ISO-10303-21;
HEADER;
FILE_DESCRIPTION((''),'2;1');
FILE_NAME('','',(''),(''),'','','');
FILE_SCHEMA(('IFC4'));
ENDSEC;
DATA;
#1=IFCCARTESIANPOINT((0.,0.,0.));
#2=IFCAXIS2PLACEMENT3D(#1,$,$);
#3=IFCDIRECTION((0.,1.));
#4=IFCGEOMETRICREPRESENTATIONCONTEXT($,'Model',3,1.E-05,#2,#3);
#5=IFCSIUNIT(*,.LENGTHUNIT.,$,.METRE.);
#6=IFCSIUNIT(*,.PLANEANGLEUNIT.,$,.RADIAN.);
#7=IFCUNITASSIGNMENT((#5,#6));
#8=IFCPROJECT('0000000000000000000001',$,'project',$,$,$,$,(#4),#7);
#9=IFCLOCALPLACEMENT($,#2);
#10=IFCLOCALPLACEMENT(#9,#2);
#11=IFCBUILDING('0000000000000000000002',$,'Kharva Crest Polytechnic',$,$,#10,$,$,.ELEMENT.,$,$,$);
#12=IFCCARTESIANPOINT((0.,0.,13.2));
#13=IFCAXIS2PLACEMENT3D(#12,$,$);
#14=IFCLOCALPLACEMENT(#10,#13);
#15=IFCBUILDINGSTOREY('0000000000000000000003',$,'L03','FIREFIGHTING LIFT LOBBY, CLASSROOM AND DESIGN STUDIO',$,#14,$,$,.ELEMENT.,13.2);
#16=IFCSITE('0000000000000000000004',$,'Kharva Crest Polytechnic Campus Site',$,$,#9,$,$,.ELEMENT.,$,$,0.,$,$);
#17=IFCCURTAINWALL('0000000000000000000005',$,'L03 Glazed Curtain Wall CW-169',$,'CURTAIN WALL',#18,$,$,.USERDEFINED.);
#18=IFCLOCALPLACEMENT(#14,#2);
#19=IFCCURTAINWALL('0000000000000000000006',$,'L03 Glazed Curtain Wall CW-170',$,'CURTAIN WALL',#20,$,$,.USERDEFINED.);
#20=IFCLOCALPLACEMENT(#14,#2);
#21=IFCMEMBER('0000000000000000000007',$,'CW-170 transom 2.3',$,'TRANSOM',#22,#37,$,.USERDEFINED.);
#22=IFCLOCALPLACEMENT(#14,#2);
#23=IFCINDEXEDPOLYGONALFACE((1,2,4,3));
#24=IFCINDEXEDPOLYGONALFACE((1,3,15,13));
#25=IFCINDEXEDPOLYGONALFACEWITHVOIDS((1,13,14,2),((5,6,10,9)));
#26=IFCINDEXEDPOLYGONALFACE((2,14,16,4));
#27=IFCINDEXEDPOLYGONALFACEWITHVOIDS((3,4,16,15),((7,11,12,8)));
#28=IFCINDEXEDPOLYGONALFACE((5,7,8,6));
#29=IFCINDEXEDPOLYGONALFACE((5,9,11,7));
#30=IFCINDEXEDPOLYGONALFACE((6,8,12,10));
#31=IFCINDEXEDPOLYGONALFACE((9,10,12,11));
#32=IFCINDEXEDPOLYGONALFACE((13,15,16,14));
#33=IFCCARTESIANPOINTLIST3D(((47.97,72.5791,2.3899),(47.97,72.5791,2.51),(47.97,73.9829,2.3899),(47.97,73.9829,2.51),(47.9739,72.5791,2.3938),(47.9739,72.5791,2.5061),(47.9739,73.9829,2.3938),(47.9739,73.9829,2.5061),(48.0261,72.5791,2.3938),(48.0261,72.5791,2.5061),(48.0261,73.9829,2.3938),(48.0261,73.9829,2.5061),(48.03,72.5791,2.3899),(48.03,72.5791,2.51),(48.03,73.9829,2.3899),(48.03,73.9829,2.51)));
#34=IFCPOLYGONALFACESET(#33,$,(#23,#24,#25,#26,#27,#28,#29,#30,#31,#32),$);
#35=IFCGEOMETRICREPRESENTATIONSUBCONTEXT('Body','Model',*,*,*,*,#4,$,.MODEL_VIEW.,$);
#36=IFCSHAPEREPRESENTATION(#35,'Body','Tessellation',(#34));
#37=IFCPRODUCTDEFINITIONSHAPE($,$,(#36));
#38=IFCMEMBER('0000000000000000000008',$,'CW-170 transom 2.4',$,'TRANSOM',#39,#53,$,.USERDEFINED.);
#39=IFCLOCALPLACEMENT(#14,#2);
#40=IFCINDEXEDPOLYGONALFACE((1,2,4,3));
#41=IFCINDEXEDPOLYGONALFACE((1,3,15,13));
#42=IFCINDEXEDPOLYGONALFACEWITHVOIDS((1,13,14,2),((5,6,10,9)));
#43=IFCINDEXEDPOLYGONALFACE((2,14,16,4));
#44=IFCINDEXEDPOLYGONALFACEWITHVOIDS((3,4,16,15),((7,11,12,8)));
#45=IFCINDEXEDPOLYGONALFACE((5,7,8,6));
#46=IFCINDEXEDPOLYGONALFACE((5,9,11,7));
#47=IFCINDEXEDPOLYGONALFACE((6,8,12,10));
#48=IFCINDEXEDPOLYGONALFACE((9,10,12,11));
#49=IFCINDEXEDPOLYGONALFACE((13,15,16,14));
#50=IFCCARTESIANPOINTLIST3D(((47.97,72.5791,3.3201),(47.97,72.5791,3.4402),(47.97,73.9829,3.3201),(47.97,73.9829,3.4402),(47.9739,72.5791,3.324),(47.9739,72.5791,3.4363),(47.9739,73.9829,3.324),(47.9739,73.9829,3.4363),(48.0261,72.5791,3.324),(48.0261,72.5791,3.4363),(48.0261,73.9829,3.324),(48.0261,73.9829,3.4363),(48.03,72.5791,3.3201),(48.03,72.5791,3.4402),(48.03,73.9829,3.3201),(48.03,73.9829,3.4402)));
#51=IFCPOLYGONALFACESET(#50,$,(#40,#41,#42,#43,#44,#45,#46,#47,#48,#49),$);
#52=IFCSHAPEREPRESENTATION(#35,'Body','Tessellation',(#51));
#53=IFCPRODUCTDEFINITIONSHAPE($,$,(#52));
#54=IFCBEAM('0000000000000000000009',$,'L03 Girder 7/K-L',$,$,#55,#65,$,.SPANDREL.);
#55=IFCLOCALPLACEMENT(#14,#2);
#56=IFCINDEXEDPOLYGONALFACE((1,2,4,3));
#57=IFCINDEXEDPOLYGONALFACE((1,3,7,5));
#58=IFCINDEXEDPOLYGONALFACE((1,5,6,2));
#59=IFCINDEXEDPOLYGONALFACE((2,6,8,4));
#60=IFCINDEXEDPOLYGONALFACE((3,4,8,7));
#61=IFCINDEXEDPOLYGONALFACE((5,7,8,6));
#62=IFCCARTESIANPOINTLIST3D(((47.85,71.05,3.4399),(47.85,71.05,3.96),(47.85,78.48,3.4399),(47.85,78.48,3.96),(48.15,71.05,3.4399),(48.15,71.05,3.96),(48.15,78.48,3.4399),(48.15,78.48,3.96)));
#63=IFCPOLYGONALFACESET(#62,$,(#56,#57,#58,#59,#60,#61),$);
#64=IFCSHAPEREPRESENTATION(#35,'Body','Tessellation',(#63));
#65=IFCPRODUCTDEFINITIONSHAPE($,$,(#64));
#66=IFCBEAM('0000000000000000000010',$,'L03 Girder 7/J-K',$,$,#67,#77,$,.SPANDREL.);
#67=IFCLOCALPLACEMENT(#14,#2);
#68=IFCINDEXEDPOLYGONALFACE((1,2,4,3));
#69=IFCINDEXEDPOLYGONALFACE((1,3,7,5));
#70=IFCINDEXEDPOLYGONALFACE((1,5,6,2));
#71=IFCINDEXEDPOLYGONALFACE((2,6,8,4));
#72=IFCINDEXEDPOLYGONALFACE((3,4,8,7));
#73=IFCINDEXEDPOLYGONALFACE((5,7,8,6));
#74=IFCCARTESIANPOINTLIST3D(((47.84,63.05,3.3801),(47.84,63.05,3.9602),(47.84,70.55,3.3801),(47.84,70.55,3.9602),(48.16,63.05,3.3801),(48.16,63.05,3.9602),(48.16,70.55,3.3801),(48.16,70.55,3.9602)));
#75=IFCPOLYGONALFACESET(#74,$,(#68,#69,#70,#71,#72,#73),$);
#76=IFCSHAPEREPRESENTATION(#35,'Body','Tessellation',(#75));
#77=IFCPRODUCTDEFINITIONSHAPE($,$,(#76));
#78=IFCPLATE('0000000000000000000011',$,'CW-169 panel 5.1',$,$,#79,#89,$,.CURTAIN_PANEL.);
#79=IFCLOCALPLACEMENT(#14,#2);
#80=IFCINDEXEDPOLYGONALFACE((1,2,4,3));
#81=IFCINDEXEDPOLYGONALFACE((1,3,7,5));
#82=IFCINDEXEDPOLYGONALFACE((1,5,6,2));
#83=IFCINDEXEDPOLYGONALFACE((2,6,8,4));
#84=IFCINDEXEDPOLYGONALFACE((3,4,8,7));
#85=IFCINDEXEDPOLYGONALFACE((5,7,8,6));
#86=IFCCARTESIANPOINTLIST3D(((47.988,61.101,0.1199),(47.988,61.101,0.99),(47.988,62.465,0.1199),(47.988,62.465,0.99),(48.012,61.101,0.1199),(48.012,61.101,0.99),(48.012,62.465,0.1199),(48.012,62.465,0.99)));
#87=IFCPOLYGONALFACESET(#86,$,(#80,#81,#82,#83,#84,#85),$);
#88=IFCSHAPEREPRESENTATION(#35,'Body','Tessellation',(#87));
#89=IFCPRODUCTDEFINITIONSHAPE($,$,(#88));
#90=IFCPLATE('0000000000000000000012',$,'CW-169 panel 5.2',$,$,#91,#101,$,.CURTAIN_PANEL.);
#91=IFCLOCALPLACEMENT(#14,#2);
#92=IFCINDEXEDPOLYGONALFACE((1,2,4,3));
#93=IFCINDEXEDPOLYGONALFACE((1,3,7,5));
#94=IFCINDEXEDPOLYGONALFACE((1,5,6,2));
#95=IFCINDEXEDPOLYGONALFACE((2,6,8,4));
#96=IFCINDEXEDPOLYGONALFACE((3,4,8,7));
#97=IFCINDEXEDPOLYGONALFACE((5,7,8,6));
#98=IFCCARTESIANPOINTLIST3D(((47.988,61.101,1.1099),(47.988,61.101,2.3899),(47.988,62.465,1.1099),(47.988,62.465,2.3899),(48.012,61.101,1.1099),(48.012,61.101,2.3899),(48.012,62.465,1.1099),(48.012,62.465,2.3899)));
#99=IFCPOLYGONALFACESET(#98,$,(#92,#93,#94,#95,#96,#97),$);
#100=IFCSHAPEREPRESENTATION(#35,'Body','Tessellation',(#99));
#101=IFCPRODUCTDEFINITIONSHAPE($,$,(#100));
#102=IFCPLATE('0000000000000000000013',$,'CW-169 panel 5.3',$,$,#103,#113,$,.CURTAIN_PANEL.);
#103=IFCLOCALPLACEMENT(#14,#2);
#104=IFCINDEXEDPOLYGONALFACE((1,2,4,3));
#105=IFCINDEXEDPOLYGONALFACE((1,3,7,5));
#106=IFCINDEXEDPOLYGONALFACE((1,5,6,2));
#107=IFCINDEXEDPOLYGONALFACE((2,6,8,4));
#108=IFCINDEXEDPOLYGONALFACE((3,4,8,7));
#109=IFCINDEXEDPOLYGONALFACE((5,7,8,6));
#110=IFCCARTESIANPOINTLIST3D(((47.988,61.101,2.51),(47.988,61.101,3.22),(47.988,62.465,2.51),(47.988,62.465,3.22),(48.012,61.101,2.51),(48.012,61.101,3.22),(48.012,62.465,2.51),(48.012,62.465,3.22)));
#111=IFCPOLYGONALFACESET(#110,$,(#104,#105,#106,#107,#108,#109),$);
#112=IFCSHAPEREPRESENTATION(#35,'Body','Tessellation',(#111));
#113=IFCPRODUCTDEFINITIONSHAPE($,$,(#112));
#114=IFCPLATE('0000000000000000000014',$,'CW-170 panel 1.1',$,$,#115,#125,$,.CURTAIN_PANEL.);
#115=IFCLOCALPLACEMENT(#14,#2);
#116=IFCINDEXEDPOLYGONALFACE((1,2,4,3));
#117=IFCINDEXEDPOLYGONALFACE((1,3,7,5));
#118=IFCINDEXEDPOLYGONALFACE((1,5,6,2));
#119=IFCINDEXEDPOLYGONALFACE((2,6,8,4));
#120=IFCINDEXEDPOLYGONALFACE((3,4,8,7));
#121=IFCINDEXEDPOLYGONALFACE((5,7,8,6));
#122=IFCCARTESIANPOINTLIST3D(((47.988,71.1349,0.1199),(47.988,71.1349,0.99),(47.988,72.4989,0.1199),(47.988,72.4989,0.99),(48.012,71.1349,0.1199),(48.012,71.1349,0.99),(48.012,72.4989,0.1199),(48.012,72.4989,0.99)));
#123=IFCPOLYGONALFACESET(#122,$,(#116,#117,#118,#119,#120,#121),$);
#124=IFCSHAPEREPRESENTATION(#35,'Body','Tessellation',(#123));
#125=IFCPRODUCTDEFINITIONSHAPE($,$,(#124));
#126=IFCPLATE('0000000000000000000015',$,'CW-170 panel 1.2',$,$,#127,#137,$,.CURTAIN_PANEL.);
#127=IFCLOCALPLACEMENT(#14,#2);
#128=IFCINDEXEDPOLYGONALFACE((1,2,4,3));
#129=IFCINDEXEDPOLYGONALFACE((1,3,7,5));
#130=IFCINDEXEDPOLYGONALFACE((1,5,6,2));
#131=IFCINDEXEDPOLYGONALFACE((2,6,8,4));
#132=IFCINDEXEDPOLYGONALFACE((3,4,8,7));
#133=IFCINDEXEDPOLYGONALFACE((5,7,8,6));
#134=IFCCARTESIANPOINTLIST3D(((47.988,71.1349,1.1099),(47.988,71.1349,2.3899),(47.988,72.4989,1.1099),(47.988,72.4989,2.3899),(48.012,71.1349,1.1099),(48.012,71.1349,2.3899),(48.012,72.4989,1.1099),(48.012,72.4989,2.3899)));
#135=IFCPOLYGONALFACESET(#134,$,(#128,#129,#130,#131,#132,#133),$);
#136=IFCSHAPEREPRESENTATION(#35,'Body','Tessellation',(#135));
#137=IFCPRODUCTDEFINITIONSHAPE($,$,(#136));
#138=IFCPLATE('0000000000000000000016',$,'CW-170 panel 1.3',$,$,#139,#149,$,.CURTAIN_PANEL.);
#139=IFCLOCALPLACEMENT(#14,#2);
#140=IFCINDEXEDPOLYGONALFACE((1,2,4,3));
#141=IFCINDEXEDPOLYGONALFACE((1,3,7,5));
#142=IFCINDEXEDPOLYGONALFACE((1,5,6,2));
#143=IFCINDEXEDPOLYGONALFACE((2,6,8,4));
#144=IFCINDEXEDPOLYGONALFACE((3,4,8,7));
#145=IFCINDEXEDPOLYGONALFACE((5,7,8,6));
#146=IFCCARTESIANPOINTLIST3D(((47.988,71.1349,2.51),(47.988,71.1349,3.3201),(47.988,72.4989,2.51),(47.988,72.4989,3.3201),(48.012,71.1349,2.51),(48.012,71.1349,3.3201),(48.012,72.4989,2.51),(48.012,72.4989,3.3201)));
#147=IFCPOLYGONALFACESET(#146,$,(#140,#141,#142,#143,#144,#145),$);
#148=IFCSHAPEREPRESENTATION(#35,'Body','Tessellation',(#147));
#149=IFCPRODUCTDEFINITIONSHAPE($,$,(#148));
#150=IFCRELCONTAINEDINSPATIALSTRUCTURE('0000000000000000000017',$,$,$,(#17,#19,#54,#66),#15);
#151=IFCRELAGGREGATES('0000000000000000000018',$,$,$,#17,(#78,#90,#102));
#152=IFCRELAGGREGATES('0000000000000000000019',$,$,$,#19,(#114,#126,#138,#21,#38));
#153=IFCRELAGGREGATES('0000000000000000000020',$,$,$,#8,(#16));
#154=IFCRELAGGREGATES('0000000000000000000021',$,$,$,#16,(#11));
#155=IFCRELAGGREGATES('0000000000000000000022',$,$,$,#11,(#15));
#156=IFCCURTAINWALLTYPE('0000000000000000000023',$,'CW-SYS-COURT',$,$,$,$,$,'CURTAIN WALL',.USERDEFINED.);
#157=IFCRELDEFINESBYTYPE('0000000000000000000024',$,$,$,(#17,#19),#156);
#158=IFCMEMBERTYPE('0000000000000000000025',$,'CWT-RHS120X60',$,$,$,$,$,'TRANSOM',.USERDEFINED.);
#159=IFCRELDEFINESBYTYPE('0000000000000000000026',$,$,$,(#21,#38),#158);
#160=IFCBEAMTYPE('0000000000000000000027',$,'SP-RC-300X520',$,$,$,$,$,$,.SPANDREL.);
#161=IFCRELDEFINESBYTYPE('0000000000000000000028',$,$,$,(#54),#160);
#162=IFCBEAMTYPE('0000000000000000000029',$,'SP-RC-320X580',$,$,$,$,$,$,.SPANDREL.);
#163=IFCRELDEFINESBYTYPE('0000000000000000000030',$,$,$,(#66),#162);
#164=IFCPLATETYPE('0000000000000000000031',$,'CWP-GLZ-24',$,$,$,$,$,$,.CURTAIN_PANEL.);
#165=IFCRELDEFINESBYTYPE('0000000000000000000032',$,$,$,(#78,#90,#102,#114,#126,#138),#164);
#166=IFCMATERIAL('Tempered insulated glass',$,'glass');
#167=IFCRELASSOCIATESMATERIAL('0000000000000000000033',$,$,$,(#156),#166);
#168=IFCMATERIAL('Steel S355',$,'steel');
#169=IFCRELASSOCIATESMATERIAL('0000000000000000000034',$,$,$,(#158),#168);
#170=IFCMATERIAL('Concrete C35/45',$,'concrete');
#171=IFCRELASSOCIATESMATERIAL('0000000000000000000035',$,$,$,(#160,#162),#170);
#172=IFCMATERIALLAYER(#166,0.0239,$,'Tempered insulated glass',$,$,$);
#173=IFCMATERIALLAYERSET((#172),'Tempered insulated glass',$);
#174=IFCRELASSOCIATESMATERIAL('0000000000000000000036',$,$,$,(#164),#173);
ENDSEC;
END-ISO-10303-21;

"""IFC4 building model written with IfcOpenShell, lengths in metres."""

from ifc_helpers import new_model, si_unit, direction, frame, origin, origin_2d, place, context, subcontext, project, spatial, rectangle, hollow_rectangle, extrude, material, layer, layer_set, material_profile, profile_set, type_object, element, aggregate, save


model = new_model("IFC4")

# Units and contexts
model_context = context("Model", 3, precision=1e-05, world=origin(), true_north=direction((0.0, 1.0)))
body_context = subcontext(model_context, "Body", "Model", "MODEL_VIEW")
ifc_project = project(units=[si_unit("LENGTHUNIT", "METRE"), si_unit("PLANEANGLEUNIT", "RADIAN")], contexts=[model_context])

# Site, building, storey
site_placement = place(None, origin())
site = spatial("IfcSite", under=ifc_project, at=site_placement, Name="Kharva Crest Polytechnic Campus Site", CompositionType="ELEMENT", RefElevation=0.0)
building_placement = place(site_placement, origin())
building = spatial("IfcBuilding", under=site, at=building_placement, Name="Kharva Crest Polytechnic", CompositionType="ELEMENT")
storey_placement = place(building_placement, frame((0.0, 0.0, 13.2)))
storey = spatial("IfcBuildingStorey", under=building, at=storey_placement, Name="L03", Description="FIREFIGHTING LIFT LOBBY, CLASSROOM AND DESIGN STUDIO", CompositionType="ELEMENT", Elevation=13.2)

# Curtain wall
ifc_material_1 = material(Name="Tempered insulated glass", Category="glass")
curtain_wall_type = type_object("IfcCurtainWallType", Name="CW-SYS-COURT", ElementType="CURTAIN WALL", PredefinedType="USERDEFINED", material=ifc_material_1)
curtain_wall_1_placement = place(storey_placement, origin())
curtain_wall_1 = element("IfcCurtainWall", 1, at=curtain_wall_1_placement, inside=storey, type_object=curtain_wall_type, Name="L03 Glazed Curtain Wall CW-169", ObjectType="CURTAIN WALL", PredefinedType="USERDEFINED")
ifc_material_2 = material(Name="Steel S355", Category="steel")

# Curtain wall, members
curtain_wall_2_placement = place(storey_placement, origin())
curtain_wall_2 = element("IfcCurtainWall", 2, at=curtain_wall_2_placement, inside=storey, type_object=curtain_wall_type, Name="L03 Glazed Curtain Wall CW-170", ObjectType="CURTAIN WALL", PredefinedType="USERDEFINED")
ifc_material_profile_1 = material_profile(ifc_material_2, hollow_rectangle(XDim=0.0601, YDim=0.1201, WallThickness=0.0039, at=origin_2d()), Name="RHS 120X60X4.0")
ifc_profile_set_1 = profile_set([ifc_material_profile_1], Name="Steel S355")
member_type_1 = type_object("IfcMemberType", Name="CWT-RHS120X60", ElementType="TRANSOM", PredefinedType="USERDEFINED", material=ifc_profile_set_1)
member_1_placement = place(storey_placement, frame((48.0, 72.5791, 2.45), z_axis=(0.0, 1.0, 0.0), x_axis=(-1.0, 0.0, 0.0)))
member_1 = element("IfcMember", 3, at=member_1_placement, type_object=member_type_1, Name="CW-170 transom 2.3", ObjectType="TRANSOM", PredefinedType="USERDEFINED", context=body_context, shape_type="SweptSolid", body=[
    extrude(hollow_rectangle(XDim=0.0601, YDim=0.1201, WallThickness=0.0039, at=origin_2d()), origin(), (0.0, 0.0, 1.0), 1.4038),
])
member_2_placement = place(storey_placement, frame((48.0, 72.5791, 3.3801), z_axis=(0.0, 1.0, 0.0), x_axis=(-1.0, 0.0, 0.0)))
member_2 = element("IfcMember", 4, at=member_2_placement, type_object=member_type_1, Name="CW-170 transom 2.4", ObjectType="TRANSOM", PredefinedType="USERDEFINED", context=body_context, shape_type="SweptSolid", body=[
    extrude(hollow_rectangle(XDim=0.0601, YDim=0.1201, WallThickness=0.0039, at=origin_2d()), origin(), (0.0, 0.0, 1.0), 1.4038),
])

# Beams
ifc_material_3 = material(Name="Concrete C35/45", Category="concrete")
ifc_material_profile_2 = material_profile(ifc_material_3, rectangle(XDim=0.3, YDim=0.52, at=origin_2d()), Name="RECT 300 X 520")
ifc_profile_set_2 = profile_set([ifc_material_profile_2], Name="Concrete C35/45")
beam_type_1 = type_object("IfcBeamType", Name="SP-RC-300X520", PredefinedType="SPANDREL", material=ifc_profile_set_2)
beam_1_placement = place(storey_placement, frame((48.0, 71.05, 3.7), z_axis=(0.0, 1.0, 0.0), x_axis=(-1.0, 0.0, 0.0)))
element("IfcBeam", 5, at=beam_1_placement, inside=storey, type_object=beam_type_1, Name="L03 Girder 7/K-L", PredefinedType="SPANDREL", context=body_context, shape_type="SweptSolid", body=[
    extrude(rectangle(XDim=0.3, YDim=0.52, at=origin_2d()), origin(), (0.0, 0.0, 1.0), 7.4299),
])
ifc_material_profile_3 = material_profile(ifc_material_3, rectangle(XDim=0.3201, YDim=0.5801, at=origin_2d()), Name="RECT 320 X 580")
ifc_profile_set_3 = profile_set([ifc_material_profile_3], Name="Concrete C35/45")
beam_type_2 = type_object("IfcBeamType", Name="SP-RC-320X580", PredefinedType="SPANDREL", material=ifc_profile_set_3)
beam_2_placement = place(storey_placement, frame((48.0, 63.05, 3.6702), z_axis=(0.0, 1.0, 0.0), x_axis=(-1.0, 0.0, 0.0)))
element("IfcBeam", 6, at=beam_2_placement, inside=storey, type_object=beam_type_2, Name="L03 Girder 7/J-K", PredefinedType="SPANDREL", context=body_context, shape_type="SweptSolid", body=[
    extrude(rectangle(XDim=0.3201, YDim=0.5801, at=origin_2d()), origin(), (0.0, 0.0, 1.0), 7.5),
])

# Plates
ifc_layer_1 = layer(ifc_material_1, 0.0239, Name="Tempered insulated glass")
ifc_layer_set_1 = layer_set([ifc_layer_1], Name="Tempered insulated glass")
plate_type = type_object("IfcPlateType", Name="CWP-GLZ-24", PredefinedType="CURTAIN_PANEL", material=ifc_layer_set_1)
plate_1_placement = place(storey_placement, frame((48.0, 61.783, 0.1199), z_axis=(0.0, 0.0, 1.0), x_axis=(0.0, 1.0, 0.0)))
plate_1 = element("IfcPlate", 7, at=plate_1_placement, type_object=plate_type, Name="CW-169 panel 5.1", PredefinedType="CURTAIN_PANEL", context=body_context, shape_type="SweptSolid", body=[
    extrude(rectangle(XDim=1.364, YDim=0.0239, at=origin_2d()), origin(), (0.0, 0.0, 1.0), 0.8701),
])
plate_2_placement = place(storey_placement, frame((48.0, 61.783, 1.1099), z_axis=(0.0, 0.0, 1.0), x_axis=(0.0, 1.0, 0.0)))
plate_2 = element("IfcPlate", 8, at=plate_2_placement, type_object=plate_type, Name="CW-169 panel 5.2", PredefinedType="CURTAIN_PANEL", context=body_context, shape_type="SweptSolid", body=[
    extrude(rectangle(XDim=1.364, YDim=0.0239, at=origin_2d()), origin(), (0.0, 0.0, 1.0), 1.28),
])
plate_3_placement = place(storey_placement, frame((48.0, 61.783, 2.51), z_axis=(0.0, 0.0, 1.0), x_axis=(0.0, 1.0, 0.0)))
plate_3 = element("IfcPlate", 9, at=plate_3_placement, type_object=plate_type, Name="CW-169 panel 5.3", PredefinedType="CURTAIN_PANEL", context=body_context, shape_type="SweptSolid", body=[
    extrude(rectangle(XDim=1.364, YDim=0.0239, at=origin_2d()), origin(), (0.0, 0.0, 1.0), 0.71),
])
aggregate(curtain_wall_1, [plate_1, plate_2, plate_3])
plate_4_placement = place(storey_placement, frame((48.0, 71.8169, 0.1199), z_axis=(0.0, 0.0, 1.0), x_axis=(0.0, 1.0, 0.0)))
plate_4 = element("IfcPlate", 10, at=plate_4_placement, type_object=plate_type, Name="CW-170 panel 1.1", PredefinedType="CURTAIN_PANEL", context=body_context, shape_type="SweptSolid", body=[
    extrude(rectangle(XDim=1.364, YDim=0.0239, at=origin_2d()), origin(), (0.0, 0.0, 1.0), 0.8701),
])
plate_5_placement = place(storey_placement, frame((48.0, 71.8169, 1.1099), z_axis=(0.0, 0.0, 1.0), x_axis=(0.0, 1.0, 0.0)))
plate_5 = element("IfcPlate", 11, at=plate_5_placement, type_object=plate_type, Name="CW-170 panel 1.2", PredefinedType="CURTAIN_PANEL", context=body_context, shape_type="SweptSolid", body=[
    extrude(rectangle(XDim=1.364, YDim=0.0239, at=origin_2d()), origin(), (0.0, 0.0, 1.0), 1.28),
])
plate_6_placement = place(storey_placement, frame((48.0, 71.8169, 2.51), z_axis=(0.0, 0.0, 1.0), x_axis=(0.0, 1.0, 0.0)))
plate_6 = element("IfcPlate", 12, at=plate_6_placement, type_object=plate_type, Name="CW-170 panel 1.3", PredefinedType="CURTAIN_PANEL", context=body_context, shape_type="SweptSolid", body=[
    extrude(rectangle(XDim=1.364, YDim=0.0239, at=origin_2d()), origin(), (0.0, 0.0, 1.0), 0.8101),
])
aggregate(curtain_wall_2, [plate_4, plate_5, plate_6, member_1, member_2])

save(model, "model.ifc")
